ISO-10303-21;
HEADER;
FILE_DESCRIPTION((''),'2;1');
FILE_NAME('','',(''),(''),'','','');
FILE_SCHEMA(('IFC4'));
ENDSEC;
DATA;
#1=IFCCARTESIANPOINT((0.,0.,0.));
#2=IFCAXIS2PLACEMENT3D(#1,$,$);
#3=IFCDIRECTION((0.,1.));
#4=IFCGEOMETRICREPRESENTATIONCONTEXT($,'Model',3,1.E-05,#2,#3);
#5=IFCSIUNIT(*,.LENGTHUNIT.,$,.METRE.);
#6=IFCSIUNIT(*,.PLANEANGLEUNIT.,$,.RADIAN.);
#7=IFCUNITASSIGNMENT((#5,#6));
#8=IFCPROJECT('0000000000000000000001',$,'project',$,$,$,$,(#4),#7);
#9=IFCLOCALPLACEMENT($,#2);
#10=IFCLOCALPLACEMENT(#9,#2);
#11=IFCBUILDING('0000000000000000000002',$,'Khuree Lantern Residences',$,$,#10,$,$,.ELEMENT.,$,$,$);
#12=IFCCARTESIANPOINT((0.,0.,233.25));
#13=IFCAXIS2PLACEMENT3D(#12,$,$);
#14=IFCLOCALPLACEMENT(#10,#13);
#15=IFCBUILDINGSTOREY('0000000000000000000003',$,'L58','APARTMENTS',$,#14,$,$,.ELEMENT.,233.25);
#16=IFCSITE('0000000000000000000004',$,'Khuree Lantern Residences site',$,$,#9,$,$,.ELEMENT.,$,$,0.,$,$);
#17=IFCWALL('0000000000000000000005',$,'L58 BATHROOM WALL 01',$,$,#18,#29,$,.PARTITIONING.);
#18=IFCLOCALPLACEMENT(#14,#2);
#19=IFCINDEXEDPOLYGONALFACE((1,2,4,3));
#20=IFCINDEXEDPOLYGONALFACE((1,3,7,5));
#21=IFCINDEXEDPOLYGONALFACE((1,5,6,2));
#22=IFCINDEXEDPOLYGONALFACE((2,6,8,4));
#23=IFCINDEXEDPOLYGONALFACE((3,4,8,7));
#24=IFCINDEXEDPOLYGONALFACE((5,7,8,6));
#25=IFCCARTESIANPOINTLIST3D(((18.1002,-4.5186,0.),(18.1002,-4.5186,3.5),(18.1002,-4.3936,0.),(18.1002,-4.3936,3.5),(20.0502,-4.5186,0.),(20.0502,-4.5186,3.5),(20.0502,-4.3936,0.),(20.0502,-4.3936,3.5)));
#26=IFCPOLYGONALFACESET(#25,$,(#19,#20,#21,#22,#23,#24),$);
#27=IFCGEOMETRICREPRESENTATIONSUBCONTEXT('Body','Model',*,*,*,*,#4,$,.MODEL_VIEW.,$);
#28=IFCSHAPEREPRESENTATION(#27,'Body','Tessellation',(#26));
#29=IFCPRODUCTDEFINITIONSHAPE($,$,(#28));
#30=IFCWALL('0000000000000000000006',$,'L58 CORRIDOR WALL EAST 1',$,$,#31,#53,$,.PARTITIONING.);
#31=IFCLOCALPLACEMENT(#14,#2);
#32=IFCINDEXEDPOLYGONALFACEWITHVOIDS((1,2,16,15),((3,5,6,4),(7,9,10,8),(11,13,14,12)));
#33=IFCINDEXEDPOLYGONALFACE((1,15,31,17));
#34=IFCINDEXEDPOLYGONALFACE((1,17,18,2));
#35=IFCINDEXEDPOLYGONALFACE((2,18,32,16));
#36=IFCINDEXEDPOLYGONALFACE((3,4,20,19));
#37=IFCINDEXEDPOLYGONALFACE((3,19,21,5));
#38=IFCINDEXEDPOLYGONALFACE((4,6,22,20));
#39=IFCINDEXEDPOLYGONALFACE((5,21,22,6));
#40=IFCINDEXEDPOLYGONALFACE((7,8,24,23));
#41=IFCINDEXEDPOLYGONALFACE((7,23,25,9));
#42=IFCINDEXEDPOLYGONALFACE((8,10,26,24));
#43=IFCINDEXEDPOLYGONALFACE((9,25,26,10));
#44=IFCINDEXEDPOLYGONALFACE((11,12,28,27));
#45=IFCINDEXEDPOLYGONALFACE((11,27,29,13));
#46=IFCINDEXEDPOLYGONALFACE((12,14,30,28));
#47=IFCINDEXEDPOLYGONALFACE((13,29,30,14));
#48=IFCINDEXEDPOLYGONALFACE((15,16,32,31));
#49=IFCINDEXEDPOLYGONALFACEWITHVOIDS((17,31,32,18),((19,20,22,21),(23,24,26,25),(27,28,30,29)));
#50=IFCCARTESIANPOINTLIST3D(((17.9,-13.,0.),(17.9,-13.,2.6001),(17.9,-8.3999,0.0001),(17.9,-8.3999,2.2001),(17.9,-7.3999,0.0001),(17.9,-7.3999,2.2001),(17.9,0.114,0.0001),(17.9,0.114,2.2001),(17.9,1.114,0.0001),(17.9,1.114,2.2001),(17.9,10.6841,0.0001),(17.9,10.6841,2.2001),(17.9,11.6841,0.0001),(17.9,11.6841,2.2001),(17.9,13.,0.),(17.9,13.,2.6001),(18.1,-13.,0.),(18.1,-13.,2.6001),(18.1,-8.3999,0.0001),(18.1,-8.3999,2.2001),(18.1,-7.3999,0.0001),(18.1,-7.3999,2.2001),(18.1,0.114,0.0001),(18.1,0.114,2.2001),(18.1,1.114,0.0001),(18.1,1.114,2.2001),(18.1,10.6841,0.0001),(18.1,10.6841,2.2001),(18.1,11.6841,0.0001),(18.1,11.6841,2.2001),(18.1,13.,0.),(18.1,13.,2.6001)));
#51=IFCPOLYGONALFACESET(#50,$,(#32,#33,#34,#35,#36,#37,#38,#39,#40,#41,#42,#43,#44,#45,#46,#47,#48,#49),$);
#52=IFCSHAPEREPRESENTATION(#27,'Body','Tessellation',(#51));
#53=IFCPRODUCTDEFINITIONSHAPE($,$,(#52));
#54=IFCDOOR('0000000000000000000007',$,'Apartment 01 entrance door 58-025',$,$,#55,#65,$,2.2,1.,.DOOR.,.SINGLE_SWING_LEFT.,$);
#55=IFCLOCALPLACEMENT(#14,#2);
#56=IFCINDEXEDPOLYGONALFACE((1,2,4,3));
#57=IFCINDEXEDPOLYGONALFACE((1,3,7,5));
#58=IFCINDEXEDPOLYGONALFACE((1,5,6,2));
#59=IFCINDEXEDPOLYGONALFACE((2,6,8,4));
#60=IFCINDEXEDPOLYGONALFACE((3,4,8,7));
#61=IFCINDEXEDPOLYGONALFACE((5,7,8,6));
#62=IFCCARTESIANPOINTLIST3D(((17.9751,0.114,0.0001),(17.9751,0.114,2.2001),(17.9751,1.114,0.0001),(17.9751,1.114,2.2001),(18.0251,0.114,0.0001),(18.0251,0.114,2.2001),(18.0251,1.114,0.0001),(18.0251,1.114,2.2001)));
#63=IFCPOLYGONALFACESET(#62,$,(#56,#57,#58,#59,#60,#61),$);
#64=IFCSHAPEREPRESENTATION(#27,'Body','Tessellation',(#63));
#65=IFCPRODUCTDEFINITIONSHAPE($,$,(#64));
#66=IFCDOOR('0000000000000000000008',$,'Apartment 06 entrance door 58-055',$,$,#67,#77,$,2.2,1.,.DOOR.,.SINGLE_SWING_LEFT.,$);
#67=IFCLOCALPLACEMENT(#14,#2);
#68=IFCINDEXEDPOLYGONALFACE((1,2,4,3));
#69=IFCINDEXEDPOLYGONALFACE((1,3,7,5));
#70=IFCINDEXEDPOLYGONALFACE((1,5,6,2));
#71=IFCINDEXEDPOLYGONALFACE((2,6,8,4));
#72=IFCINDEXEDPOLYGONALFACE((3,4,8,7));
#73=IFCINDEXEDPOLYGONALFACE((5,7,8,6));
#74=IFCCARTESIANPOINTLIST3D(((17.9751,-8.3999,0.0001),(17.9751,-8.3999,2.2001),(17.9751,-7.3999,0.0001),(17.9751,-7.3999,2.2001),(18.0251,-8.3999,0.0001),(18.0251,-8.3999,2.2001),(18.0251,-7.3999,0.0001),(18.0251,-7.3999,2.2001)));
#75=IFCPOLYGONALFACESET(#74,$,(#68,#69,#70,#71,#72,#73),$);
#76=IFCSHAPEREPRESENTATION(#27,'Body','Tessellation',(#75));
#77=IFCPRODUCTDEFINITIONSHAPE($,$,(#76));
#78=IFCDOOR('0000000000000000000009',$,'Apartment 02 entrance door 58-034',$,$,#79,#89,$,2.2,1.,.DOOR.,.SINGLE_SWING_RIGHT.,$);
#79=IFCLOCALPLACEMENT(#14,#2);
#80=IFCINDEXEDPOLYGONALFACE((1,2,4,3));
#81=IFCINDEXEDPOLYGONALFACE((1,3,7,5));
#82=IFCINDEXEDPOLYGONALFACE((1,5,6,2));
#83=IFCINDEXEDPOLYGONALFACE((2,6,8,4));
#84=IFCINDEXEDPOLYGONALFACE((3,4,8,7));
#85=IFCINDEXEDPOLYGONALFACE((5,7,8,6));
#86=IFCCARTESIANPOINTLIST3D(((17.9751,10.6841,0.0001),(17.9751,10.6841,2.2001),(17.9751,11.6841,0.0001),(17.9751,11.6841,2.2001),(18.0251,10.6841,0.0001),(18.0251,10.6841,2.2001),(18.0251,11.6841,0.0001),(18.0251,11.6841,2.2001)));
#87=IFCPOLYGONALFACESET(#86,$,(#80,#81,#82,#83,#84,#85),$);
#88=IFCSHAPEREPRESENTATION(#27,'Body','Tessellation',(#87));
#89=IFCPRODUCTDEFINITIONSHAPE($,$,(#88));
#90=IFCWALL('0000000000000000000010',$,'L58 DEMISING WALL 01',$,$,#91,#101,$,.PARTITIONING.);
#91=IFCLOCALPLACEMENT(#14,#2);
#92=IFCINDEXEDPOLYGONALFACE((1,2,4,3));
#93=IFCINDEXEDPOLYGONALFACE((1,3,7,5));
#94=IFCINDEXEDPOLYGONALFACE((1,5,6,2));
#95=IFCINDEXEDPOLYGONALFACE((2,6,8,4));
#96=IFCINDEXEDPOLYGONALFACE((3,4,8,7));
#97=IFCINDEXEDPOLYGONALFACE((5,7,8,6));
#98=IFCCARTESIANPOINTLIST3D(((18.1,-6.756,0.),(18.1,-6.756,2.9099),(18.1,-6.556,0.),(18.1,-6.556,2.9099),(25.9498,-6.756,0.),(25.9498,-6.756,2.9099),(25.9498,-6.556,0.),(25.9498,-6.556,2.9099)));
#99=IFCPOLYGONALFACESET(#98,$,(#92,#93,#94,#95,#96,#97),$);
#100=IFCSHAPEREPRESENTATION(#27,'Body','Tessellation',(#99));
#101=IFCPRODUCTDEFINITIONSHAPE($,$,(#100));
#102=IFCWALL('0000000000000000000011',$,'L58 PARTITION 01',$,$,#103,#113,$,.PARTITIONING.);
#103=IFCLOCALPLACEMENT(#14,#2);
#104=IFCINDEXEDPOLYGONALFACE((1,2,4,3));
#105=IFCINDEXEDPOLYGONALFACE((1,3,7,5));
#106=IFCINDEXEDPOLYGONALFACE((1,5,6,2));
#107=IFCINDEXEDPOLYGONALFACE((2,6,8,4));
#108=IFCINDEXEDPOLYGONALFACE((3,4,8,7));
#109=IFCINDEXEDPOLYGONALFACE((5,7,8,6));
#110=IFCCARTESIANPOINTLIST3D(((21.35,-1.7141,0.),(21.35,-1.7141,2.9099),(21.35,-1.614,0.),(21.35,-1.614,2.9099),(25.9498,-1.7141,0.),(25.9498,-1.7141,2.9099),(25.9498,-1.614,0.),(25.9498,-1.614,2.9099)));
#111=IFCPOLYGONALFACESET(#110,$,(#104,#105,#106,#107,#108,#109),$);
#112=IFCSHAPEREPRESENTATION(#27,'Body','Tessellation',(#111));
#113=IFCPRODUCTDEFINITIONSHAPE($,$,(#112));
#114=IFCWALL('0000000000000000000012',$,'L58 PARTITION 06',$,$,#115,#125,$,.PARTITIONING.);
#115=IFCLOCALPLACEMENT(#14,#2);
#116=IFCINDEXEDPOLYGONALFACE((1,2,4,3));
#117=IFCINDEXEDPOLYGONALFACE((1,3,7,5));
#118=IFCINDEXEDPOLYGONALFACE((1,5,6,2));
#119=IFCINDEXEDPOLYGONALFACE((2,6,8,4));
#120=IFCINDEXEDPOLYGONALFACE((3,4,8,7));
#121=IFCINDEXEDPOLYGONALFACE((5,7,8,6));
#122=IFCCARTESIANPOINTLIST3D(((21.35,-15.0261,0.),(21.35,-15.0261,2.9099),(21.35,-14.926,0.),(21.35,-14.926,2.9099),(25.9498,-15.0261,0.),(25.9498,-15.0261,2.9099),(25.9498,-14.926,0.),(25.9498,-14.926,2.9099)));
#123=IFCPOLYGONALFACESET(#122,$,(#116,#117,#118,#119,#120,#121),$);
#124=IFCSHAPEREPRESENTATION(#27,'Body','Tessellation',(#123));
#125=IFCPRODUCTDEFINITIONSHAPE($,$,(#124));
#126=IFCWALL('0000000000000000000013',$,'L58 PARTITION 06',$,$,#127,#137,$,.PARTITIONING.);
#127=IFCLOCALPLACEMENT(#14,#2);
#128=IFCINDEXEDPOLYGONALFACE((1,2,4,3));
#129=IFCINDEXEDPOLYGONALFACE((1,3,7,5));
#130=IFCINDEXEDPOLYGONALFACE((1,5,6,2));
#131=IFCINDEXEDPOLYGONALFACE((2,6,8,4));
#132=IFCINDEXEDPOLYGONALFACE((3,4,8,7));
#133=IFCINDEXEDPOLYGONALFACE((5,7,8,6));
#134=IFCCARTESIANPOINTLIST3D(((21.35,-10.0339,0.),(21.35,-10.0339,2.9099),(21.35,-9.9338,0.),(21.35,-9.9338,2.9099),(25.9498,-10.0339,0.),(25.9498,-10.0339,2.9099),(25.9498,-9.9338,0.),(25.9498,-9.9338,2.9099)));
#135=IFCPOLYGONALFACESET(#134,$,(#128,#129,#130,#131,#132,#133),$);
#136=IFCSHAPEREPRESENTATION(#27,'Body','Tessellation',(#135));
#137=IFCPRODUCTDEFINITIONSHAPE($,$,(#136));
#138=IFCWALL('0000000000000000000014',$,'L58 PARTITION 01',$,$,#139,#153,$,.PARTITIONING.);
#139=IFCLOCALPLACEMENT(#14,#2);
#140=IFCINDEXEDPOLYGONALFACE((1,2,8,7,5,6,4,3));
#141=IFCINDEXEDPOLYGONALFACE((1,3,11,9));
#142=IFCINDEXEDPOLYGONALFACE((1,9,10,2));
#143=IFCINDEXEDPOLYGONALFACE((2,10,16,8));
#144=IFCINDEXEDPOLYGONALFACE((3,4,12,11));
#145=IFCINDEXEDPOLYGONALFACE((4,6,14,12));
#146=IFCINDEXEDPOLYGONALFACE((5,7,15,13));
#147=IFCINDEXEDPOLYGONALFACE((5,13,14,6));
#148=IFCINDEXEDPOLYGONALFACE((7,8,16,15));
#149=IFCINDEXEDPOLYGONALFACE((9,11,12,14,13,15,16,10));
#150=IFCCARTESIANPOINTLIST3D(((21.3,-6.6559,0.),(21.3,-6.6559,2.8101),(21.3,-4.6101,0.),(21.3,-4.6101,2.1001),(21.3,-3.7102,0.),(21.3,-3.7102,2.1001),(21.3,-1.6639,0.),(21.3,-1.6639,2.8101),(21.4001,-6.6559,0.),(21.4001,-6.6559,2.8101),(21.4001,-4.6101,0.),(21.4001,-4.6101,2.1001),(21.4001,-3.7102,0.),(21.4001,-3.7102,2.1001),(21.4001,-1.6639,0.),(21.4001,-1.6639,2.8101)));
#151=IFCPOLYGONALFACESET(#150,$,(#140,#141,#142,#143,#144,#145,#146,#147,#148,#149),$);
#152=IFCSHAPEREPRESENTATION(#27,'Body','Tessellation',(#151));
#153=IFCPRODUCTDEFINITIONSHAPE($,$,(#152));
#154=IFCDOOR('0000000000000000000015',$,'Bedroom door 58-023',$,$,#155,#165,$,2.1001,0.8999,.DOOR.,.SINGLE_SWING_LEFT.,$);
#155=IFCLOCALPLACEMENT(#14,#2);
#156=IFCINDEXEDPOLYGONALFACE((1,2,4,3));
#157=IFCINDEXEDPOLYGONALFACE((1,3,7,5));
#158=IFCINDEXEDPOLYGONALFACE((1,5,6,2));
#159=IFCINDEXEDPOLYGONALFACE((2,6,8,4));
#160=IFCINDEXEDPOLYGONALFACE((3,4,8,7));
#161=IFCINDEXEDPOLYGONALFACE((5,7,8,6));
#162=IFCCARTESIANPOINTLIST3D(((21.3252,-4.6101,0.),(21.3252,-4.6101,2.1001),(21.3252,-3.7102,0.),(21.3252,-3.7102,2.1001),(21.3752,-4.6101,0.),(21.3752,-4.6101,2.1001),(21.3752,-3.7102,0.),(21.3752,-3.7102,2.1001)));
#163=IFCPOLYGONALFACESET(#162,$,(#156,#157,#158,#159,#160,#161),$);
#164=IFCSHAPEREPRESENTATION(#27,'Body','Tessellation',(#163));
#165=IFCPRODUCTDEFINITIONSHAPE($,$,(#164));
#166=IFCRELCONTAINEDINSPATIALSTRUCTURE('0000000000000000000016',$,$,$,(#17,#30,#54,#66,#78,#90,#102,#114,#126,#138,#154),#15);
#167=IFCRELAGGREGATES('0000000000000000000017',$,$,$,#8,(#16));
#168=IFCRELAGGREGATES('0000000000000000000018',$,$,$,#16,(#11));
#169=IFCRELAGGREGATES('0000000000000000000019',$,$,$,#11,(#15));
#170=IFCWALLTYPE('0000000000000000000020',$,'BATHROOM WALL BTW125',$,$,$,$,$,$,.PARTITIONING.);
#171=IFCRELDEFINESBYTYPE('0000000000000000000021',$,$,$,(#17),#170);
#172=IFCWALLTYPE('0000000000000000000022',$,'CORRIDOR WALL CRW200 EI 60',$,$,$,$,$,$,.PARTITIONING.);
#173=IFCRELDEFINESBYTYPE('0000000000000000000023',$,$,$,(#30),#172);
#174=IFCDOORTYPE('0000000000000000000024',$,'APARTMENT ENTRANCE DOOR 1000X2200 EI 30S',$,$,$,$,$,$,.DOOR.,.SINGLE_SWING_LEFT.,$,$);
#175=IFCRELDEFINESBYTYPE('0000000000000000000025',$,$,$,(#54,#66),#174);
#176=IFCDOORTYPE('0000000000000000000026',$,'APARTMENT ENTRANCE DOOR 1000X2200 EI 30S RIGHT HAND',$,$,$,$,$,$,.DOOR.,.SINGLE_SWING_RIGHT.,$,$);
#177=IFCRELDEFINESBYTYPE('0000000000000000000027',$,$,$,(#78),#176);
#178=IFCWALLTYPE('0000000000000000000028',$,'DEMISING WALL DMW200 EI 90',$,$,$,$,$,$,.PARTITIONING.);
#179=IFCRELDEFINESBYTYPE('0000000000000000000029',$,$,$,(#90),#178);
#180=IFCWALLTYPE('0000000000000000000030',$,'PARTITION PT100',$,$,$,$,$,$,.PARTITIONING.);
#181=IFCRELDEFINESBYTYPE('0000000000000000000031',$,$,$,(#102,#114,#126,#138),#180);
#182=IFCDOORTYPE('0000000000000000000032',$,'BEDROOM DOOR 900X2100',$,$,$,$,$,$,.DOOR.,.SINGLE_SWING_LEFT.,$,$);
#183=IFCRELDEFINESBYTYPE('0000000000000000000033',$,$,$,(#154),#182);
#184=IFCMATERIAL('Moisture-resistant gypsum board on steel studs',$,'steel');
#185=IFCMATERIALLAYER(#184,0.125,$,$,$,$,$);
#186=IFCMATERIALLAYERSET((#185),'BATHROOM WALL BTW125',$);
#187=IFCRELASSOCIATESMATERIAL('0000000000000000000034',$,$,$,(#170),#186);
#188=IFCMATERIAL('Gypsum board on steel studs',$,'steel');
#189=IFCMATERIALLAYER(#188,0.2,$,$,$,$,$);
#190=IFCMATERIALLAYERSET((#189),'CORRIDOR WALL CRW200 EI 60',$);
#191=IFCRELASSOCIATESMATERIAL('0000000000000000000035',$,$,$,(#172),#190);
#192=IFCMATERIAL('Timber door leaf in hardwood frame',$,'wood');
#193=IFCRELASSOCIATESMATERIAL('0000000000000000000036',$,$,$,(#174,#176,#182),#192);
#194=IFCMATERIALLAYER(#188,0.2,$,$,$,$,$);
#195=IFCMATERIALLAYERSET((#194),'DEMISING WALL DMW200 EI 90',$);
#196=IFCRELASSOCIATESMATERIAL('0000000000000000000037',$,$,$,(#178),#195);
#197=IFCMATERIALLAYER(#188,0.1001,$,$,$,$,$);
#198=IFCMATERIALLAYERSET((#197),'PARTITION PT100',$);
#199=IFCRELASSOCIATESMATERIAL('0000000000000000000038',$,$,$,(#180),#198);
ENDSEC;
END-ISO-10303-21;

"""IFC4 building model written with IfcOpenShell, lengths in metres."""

from ifc_helpers import new_model, si_unit, direction, frame, frame_2d, origin, place, context, subcontext, project, spatial, rectangle, extrude, material, layer, layer_set, type_object, element, fill, save


model = new_model("IFC4")

# Units and contexts
model_context = context("Model", 3, precision=1e-05, world=origin(), true_north=direction((0.0, 1.0)))
body_context = subcontext(model_context, "Body", "Model", "MODEL_VIEW")
ifc_project = project(units=[si_unit("LENGTHUNIT", "METRE"), si_unit("PLANEANGLEUNIT", "RADIAN")], contexts=[model_context])

# Site, building, storey
site_placement = place(None, origin())
site = spatial("IfcSite", under=ifc_project, at=site_placement, Name="Khuree Lantern Residences site", CompositionType="ELEMENT", RefElevation=0.0)
building_placement = place(site_placement, origin())
building = spatial("IfcBuilding", under=site, at=building_placement, Name="Khuree Lantern Residences", CompositionType="ELEMENT")
storey_placement = place(building_placement, frame((0.0, 0.0, 233.25)))
storey = spatial("IfcBuildingStorey", under=building, at=storey_placement, Name="L58", Description="APARTMENTS", CompositionType="ELEMENT", Elevation=233.25)

# Shared definitions
ifc_material_1 = material(Name="Moisture-resistant gypsum board on steel studs", Category="steel")
ifc_layer_1 = layer(ifc_material_1, 0.125)
ifc_layer_set_1 = layer_set([ifc_layer_1], Name="BATHROOM WALL BTW125")
wall_type_1 = type_object("IfcWallType", Name="BATHROOM WALL BTW125", PredefinedType="PARTITIONING", material=ifc_layer_set_1)
ifc_material_2 = material(Name="Timber door leaf in hardwood frame", Category="wood")

# Wall
wall_1_placement = place(storey_placement, frame((18.1001, -4.4561, 0.0), z_axis=(0.0, 0.0, 1.0), x_axis=(1.0, 0.0, 0.0)))
element("IfcWall", 1, at=wall_1_placement, inside=storey, type_object=wall_type_1, Name="L58 BATHROOM WALL 01", PredefinedType="PARTITIONING", context=body_context, shape_type="SweptSolid", body=[
    extrude(rectangle(XDim=1.95, YDim=0.125, at=frame_2d((0.9751, 0.0))), origin(), (0.0, 0.0, 1.0), 3.5),
])

# Wall, openings, doors
ifc_material_3 = material(Name="Gypsum board on steel studs", Category="steel")
ifc_layer_2 = layer(ifc_material_3, 0.2)
ifc_layer_set_2 = layer_set([ifc_layer_2], Name="CORRIDOR WALL CRW200 EI 60")
wall_type_2 = type_object("IfcWallType", Name="CORRIDOR WALL CRW200 EI 60", PredefinedType="PARTITIONING", material=ifc_layer_set_2)
wall_2_placement = place(storey_placement, frame((18.0, -13.0, 0.0), z_axis=(0.0, 0.0, 1.0), x_axis=(0.0, 1.0, 0.0)))
wall_2 = element("IfcWall", 2, at=wall_2_placement, inside=storey, type_object=wall_type_2, Name="L58 CORRIDOR WALL EAST 1", PredefinedType="PARTITIONING", context=body_context, shape_type="SweptSolid", body=[
    extrude(rectangle(XDim=26.0, YDim=0.2, at=frame_2d((13.0, 0.0))), origin(), (0.0, 0.0, 1.0), 2.6001),
])
opening_1_placement = place(wall_2_placement, frame((13.114, 0.0, 0.0)))
opening_1 = element("IfcOpeningElement", 3, at=opening_1_placement, cuts=wall_2, PredefinedType="OPENING", context=body_context, shape_type="SweptSolid", body=[
    extrude(rectangle(XDim=1.0, YDim=2.2, at=frame_2d((0.5, 1.1001))), frame((0.0, 0.1099, 0.0), z_axis=(0.0, -1.0, 0.0), x_axis=(1.0, 0.0, 0.0)), (0.0, 0.0, 1.0), 0.22),
])
opening_2_placement = place(wall_2_placement, frame((23.6841, 0.0, 0.0)))
opening_2 = element("IfcOpeningElement", 4, at=opening_2_placement, cuts=wall_2, PredefinedType="OPENING", context=body_context, shape_type="SweptSolid", body=[
    extrude(rectangle(XDim=1.0, YDim=2.2, at=frame_2d((0.5, 1.1001))), frame((0.0, 0.1099, 0.0), z_axis=(0.0, -1.0, 0.0), x_axis=(1.0, 0.0, 0.0)), (0.0, 0.0, 1.0), 0.22),
])
opening_3_placement = place(wall_2_placement, frame((4.6001, 0.0, 0.0)))
opening_3 = element("IfcOpeningElement", 5, at=opening_3_placement, cuts=wall_2, PredefinedType="OPENING", context=body_context, shape_type="SweptSolid", body=[
    extrude(rectangle(XDim=1.0, YDim=2.2, at=frame_2d((0.5, 1.1001))), frame((0.0, 0.1099, 0.0), z_axis=(0.0, -1.0, 0.0), x_axis=(1.0, 0.0, 0.0)), (0.0, 0.0, 1.0), 0.22),
])
door_type_1 = type_object("IfcDoorType", Name="APARTMENT ENTRANCE DOOR 1000X2200 EI 30S", OperationType="SINGLE_SWING_LEFT", PredefinedType="DOOR", material=ifc_material_2)
door_1_placement = place(opening_1_placement, origin())
door_1 = element("IfcDoor", 6, at=door_1_placement, inside=storey, type_object=door_type_1, Name="Apartment 01 entrance door 58-025", OperationType="SINGLE_SWING_LEFT", OverallHeight=2.2, OverallWidth=1.0, PredefinedType="DOOR", context=body_context, shape_type="SweptSolid", body=[
    extrude(rectangle(XDim=1.0, YDim=2.2, at=frame_2d((0.5, 1.1001))), frame((0.0, 0.0249, 0.0), z_axis=(0.0, -1.0, 0.0), x_axis=(1.0, 0.0, 0.0)), (0.0, 0.0, 1.0), 0.05),
])
fill(opening_1, door_1)
door_2_placement = place(opening_3_placement, origin())
door_2 = element("IfcDoor", 7, at=door_2_placement, inside=storey, type_object=door_type_1, Name="Apartment 06 entrance door 58-055", OperationType="SINGLE_SWING_LEFT", OverallHeight=2.2, OverallWidth=1.0, PredefinedType="DOOR", context=body_context, shape_type="SweptSolid", body=[
    extrude(rectangle(XDim=1.0, YDim=2.2, at=frame_2d((0.5, 1.1001))), frame((0.0, 0.0249, 0.0), z_axis=(0.0, -1.0, 0.0), x_axis=(1.0, 0.0, 0.0)), (0.0, 0.0, 1.0), 0.05),
])
fill(opening_3, door_2)
door_type_2 = type_object("IfcDoorType", Name="APARTMENT ENTRANCE DOOR 1000X2200 EI 30S RIGHT HAND", OperationType="SINGLE_SWING_RIGHT", PredefinedType="DOOR", material=ifc_material_2)
door_3_placement = place(opening_2_placement, origin())
door_3 = element("IfcDoor", 8, at=door_3_placement, inside=storey, type_object=door_type_2, Name="Apartment 02 entrance door 58-034", OperationType="SINGLE_SWING_RIGHT", OverallHeight=2.2, OverallWidth=1.0, PredefinedType="DOOR", context=body_context, shape_type="SweptSolid", body=[
    extrude(rectangle(XDim=1.0, YDim=2.2, at=frame_2d((0.5, 1.1001))), frame((0.0, 0.0249, 0.0), z_axis=(0.0, -1.0, 0.0), x_axis=(1.0, 0.0, 0.0)), (0.0, 0.0, 1.0), 0.05),
])
fill(opening_2, door_3)

# Walls
ifc_layer_3 = layer(ifc_material_3, 0.2)
ifc_layer_set_3 = layer_set([ifc_layer_3], Name="DEMISING WALL DMW200 EI 90")
wall_type_3 = type_object("IfcWallType", Name="DEMISING WALL DMW200 EI 90", PredefinedType="PARTITIONING", material=ifc_layer_set_3)
wall_3_placement = place(storey_placement, frame((18.1001, -6.656, 0.0), z_axis=(0.0, 0.0, 1.0), x_axis=(1.0, 0.0, 0.0)))
element("IfcWall", 9, at=wall_3_placement, inside=storey, type_object=wall_type_3, Name="L58 DEMISING WALL 01", PredefinedType="PARTITIONING", context=body_context, shape_type="SweptSolid", body=[
    extrude(rectangle(XDim=7.8499, YDim=0.2, at=frame_2d((3.9248, 0.0))), origin(), (0.0, 0.0, 1.0), 2.9099),
])
ifc_layer_4 = layer(ifc_material_3, 0.1001)
ifc_layer_set_4 = layer_set([ifc_layer_4], Name="PARTITION PT100")
wall_type_4 = type_object("IfcWallType", Name="PARTITION PT100", PredefinedType="PARTITIONING", material=ifc_layer_set_4)
for number, where, z_axis, x_axis, name in (
    (10, (21.3501, -1.6641, 0.0), (0.0, 0.0, 1.0), (1.0, 0.0, 0.0), "L58 PARTITION 01"),
    (11, (21.3501, -14.9761, 0.0), (0.0, 0.0, 1.0), (1.0, 0.0, 0.0), "L58 PARTITION 06"),
    (12, (21.3501, -9.9839, 0.0), (0.0, 0.0, 1.0), (1.0, 0.0, 0.0), "L58 PARTITION 06"),
):
    element("IfcWall", number, at=place(storey_placement, frame(where, z_axis=z_axis, x_axis=x_axis)), inside=storey, type_object=wall_type_4, Name=name, PredefinedType="PARTITIONING", context=body_context, shape_type="SweptSolid", body=[
        extrude(rectangle(XDim=4.5999, YDim=0.1001, at=frame_2d((2.2998, 0.0))), origin(), (0.0, 0.0, 1.0), 2.9099),
    ])

# Wall, opening, door
wall_4_placement = place(storey_placement, frame((21.3501, -6.656, 0.0), z_axis=(0.0, 0.0, 1.0), x_axis=(0.0, 1.0, 0.0)))
wall_4 = element("IfcWall", 13, at=wall_4_placement, inside=storey, type_object=wall_type_4, Name="L58 PARTITION 01", PredefinedType="PARTITIONING", context=body_context, shape_type="SweptSolid", body=[
    extrude(rectangle(XDim=4.9919, YDim=0.1001, at=frame_2d((2.4961, 0.0))), origin(), (0.0, 0.0, 1.0), 2.8101),
])
opening_4_placement = place(wall_4_placement, frame((2.0459, 0.0, 0.0)))
opening_4 = element("IfcOpeningElement", 14, at=opening_4_placement, cuts=wall_4, PredefinedType="OPENING", context=body_context, shape_type="SweptSolid", body=[
    extrude(rectangle(XDim=0.8999, YDim=2.1001, at=frame_2d((0.45, 1.05))), frame((0.0, 0.0601, 0.0), z_axis=(0.0, -1.0, 0.0), x_axis=(1.0, 0.0, 0.0)), (0.0, 0.0, 1.0), 0.1201),
])
door_type_3 = type_object("IfcDoorType", Name="BEDROOM DOOR 900X2100", OperationType="SINGLE_SWING_LEFT", PredefinedType="DOOR", material=ifc_material_2)
door_4_placement = place(opening_4_placement, origin())
door_4 = element("IfcDoor", 15, at=door_4_placement, inside=storey, type_object=door_type_3, Name="Bedroom door 58-023", OperationType="SINGLE_SWING_LEFT", OverallHeight=2.1001, OverallWidth=0.8999, PredefinedType="DOOR", context=body_context, shape_type="SweptSolid", body=[
    extrude(rectangle(XDim=0.8999, YDim=2.1001, at=frame_2d((0.45, 1.05))), frame((0.0, 0.0249, 0.0), z_axis=(0.0, -1.0, 0.0), x_axis=(1.0, 0.0, 0.0)), (0.0, 0.0, 1.0), 0.05),
])
fill(opening_4, door_4)

save(model, "model.ifc")
